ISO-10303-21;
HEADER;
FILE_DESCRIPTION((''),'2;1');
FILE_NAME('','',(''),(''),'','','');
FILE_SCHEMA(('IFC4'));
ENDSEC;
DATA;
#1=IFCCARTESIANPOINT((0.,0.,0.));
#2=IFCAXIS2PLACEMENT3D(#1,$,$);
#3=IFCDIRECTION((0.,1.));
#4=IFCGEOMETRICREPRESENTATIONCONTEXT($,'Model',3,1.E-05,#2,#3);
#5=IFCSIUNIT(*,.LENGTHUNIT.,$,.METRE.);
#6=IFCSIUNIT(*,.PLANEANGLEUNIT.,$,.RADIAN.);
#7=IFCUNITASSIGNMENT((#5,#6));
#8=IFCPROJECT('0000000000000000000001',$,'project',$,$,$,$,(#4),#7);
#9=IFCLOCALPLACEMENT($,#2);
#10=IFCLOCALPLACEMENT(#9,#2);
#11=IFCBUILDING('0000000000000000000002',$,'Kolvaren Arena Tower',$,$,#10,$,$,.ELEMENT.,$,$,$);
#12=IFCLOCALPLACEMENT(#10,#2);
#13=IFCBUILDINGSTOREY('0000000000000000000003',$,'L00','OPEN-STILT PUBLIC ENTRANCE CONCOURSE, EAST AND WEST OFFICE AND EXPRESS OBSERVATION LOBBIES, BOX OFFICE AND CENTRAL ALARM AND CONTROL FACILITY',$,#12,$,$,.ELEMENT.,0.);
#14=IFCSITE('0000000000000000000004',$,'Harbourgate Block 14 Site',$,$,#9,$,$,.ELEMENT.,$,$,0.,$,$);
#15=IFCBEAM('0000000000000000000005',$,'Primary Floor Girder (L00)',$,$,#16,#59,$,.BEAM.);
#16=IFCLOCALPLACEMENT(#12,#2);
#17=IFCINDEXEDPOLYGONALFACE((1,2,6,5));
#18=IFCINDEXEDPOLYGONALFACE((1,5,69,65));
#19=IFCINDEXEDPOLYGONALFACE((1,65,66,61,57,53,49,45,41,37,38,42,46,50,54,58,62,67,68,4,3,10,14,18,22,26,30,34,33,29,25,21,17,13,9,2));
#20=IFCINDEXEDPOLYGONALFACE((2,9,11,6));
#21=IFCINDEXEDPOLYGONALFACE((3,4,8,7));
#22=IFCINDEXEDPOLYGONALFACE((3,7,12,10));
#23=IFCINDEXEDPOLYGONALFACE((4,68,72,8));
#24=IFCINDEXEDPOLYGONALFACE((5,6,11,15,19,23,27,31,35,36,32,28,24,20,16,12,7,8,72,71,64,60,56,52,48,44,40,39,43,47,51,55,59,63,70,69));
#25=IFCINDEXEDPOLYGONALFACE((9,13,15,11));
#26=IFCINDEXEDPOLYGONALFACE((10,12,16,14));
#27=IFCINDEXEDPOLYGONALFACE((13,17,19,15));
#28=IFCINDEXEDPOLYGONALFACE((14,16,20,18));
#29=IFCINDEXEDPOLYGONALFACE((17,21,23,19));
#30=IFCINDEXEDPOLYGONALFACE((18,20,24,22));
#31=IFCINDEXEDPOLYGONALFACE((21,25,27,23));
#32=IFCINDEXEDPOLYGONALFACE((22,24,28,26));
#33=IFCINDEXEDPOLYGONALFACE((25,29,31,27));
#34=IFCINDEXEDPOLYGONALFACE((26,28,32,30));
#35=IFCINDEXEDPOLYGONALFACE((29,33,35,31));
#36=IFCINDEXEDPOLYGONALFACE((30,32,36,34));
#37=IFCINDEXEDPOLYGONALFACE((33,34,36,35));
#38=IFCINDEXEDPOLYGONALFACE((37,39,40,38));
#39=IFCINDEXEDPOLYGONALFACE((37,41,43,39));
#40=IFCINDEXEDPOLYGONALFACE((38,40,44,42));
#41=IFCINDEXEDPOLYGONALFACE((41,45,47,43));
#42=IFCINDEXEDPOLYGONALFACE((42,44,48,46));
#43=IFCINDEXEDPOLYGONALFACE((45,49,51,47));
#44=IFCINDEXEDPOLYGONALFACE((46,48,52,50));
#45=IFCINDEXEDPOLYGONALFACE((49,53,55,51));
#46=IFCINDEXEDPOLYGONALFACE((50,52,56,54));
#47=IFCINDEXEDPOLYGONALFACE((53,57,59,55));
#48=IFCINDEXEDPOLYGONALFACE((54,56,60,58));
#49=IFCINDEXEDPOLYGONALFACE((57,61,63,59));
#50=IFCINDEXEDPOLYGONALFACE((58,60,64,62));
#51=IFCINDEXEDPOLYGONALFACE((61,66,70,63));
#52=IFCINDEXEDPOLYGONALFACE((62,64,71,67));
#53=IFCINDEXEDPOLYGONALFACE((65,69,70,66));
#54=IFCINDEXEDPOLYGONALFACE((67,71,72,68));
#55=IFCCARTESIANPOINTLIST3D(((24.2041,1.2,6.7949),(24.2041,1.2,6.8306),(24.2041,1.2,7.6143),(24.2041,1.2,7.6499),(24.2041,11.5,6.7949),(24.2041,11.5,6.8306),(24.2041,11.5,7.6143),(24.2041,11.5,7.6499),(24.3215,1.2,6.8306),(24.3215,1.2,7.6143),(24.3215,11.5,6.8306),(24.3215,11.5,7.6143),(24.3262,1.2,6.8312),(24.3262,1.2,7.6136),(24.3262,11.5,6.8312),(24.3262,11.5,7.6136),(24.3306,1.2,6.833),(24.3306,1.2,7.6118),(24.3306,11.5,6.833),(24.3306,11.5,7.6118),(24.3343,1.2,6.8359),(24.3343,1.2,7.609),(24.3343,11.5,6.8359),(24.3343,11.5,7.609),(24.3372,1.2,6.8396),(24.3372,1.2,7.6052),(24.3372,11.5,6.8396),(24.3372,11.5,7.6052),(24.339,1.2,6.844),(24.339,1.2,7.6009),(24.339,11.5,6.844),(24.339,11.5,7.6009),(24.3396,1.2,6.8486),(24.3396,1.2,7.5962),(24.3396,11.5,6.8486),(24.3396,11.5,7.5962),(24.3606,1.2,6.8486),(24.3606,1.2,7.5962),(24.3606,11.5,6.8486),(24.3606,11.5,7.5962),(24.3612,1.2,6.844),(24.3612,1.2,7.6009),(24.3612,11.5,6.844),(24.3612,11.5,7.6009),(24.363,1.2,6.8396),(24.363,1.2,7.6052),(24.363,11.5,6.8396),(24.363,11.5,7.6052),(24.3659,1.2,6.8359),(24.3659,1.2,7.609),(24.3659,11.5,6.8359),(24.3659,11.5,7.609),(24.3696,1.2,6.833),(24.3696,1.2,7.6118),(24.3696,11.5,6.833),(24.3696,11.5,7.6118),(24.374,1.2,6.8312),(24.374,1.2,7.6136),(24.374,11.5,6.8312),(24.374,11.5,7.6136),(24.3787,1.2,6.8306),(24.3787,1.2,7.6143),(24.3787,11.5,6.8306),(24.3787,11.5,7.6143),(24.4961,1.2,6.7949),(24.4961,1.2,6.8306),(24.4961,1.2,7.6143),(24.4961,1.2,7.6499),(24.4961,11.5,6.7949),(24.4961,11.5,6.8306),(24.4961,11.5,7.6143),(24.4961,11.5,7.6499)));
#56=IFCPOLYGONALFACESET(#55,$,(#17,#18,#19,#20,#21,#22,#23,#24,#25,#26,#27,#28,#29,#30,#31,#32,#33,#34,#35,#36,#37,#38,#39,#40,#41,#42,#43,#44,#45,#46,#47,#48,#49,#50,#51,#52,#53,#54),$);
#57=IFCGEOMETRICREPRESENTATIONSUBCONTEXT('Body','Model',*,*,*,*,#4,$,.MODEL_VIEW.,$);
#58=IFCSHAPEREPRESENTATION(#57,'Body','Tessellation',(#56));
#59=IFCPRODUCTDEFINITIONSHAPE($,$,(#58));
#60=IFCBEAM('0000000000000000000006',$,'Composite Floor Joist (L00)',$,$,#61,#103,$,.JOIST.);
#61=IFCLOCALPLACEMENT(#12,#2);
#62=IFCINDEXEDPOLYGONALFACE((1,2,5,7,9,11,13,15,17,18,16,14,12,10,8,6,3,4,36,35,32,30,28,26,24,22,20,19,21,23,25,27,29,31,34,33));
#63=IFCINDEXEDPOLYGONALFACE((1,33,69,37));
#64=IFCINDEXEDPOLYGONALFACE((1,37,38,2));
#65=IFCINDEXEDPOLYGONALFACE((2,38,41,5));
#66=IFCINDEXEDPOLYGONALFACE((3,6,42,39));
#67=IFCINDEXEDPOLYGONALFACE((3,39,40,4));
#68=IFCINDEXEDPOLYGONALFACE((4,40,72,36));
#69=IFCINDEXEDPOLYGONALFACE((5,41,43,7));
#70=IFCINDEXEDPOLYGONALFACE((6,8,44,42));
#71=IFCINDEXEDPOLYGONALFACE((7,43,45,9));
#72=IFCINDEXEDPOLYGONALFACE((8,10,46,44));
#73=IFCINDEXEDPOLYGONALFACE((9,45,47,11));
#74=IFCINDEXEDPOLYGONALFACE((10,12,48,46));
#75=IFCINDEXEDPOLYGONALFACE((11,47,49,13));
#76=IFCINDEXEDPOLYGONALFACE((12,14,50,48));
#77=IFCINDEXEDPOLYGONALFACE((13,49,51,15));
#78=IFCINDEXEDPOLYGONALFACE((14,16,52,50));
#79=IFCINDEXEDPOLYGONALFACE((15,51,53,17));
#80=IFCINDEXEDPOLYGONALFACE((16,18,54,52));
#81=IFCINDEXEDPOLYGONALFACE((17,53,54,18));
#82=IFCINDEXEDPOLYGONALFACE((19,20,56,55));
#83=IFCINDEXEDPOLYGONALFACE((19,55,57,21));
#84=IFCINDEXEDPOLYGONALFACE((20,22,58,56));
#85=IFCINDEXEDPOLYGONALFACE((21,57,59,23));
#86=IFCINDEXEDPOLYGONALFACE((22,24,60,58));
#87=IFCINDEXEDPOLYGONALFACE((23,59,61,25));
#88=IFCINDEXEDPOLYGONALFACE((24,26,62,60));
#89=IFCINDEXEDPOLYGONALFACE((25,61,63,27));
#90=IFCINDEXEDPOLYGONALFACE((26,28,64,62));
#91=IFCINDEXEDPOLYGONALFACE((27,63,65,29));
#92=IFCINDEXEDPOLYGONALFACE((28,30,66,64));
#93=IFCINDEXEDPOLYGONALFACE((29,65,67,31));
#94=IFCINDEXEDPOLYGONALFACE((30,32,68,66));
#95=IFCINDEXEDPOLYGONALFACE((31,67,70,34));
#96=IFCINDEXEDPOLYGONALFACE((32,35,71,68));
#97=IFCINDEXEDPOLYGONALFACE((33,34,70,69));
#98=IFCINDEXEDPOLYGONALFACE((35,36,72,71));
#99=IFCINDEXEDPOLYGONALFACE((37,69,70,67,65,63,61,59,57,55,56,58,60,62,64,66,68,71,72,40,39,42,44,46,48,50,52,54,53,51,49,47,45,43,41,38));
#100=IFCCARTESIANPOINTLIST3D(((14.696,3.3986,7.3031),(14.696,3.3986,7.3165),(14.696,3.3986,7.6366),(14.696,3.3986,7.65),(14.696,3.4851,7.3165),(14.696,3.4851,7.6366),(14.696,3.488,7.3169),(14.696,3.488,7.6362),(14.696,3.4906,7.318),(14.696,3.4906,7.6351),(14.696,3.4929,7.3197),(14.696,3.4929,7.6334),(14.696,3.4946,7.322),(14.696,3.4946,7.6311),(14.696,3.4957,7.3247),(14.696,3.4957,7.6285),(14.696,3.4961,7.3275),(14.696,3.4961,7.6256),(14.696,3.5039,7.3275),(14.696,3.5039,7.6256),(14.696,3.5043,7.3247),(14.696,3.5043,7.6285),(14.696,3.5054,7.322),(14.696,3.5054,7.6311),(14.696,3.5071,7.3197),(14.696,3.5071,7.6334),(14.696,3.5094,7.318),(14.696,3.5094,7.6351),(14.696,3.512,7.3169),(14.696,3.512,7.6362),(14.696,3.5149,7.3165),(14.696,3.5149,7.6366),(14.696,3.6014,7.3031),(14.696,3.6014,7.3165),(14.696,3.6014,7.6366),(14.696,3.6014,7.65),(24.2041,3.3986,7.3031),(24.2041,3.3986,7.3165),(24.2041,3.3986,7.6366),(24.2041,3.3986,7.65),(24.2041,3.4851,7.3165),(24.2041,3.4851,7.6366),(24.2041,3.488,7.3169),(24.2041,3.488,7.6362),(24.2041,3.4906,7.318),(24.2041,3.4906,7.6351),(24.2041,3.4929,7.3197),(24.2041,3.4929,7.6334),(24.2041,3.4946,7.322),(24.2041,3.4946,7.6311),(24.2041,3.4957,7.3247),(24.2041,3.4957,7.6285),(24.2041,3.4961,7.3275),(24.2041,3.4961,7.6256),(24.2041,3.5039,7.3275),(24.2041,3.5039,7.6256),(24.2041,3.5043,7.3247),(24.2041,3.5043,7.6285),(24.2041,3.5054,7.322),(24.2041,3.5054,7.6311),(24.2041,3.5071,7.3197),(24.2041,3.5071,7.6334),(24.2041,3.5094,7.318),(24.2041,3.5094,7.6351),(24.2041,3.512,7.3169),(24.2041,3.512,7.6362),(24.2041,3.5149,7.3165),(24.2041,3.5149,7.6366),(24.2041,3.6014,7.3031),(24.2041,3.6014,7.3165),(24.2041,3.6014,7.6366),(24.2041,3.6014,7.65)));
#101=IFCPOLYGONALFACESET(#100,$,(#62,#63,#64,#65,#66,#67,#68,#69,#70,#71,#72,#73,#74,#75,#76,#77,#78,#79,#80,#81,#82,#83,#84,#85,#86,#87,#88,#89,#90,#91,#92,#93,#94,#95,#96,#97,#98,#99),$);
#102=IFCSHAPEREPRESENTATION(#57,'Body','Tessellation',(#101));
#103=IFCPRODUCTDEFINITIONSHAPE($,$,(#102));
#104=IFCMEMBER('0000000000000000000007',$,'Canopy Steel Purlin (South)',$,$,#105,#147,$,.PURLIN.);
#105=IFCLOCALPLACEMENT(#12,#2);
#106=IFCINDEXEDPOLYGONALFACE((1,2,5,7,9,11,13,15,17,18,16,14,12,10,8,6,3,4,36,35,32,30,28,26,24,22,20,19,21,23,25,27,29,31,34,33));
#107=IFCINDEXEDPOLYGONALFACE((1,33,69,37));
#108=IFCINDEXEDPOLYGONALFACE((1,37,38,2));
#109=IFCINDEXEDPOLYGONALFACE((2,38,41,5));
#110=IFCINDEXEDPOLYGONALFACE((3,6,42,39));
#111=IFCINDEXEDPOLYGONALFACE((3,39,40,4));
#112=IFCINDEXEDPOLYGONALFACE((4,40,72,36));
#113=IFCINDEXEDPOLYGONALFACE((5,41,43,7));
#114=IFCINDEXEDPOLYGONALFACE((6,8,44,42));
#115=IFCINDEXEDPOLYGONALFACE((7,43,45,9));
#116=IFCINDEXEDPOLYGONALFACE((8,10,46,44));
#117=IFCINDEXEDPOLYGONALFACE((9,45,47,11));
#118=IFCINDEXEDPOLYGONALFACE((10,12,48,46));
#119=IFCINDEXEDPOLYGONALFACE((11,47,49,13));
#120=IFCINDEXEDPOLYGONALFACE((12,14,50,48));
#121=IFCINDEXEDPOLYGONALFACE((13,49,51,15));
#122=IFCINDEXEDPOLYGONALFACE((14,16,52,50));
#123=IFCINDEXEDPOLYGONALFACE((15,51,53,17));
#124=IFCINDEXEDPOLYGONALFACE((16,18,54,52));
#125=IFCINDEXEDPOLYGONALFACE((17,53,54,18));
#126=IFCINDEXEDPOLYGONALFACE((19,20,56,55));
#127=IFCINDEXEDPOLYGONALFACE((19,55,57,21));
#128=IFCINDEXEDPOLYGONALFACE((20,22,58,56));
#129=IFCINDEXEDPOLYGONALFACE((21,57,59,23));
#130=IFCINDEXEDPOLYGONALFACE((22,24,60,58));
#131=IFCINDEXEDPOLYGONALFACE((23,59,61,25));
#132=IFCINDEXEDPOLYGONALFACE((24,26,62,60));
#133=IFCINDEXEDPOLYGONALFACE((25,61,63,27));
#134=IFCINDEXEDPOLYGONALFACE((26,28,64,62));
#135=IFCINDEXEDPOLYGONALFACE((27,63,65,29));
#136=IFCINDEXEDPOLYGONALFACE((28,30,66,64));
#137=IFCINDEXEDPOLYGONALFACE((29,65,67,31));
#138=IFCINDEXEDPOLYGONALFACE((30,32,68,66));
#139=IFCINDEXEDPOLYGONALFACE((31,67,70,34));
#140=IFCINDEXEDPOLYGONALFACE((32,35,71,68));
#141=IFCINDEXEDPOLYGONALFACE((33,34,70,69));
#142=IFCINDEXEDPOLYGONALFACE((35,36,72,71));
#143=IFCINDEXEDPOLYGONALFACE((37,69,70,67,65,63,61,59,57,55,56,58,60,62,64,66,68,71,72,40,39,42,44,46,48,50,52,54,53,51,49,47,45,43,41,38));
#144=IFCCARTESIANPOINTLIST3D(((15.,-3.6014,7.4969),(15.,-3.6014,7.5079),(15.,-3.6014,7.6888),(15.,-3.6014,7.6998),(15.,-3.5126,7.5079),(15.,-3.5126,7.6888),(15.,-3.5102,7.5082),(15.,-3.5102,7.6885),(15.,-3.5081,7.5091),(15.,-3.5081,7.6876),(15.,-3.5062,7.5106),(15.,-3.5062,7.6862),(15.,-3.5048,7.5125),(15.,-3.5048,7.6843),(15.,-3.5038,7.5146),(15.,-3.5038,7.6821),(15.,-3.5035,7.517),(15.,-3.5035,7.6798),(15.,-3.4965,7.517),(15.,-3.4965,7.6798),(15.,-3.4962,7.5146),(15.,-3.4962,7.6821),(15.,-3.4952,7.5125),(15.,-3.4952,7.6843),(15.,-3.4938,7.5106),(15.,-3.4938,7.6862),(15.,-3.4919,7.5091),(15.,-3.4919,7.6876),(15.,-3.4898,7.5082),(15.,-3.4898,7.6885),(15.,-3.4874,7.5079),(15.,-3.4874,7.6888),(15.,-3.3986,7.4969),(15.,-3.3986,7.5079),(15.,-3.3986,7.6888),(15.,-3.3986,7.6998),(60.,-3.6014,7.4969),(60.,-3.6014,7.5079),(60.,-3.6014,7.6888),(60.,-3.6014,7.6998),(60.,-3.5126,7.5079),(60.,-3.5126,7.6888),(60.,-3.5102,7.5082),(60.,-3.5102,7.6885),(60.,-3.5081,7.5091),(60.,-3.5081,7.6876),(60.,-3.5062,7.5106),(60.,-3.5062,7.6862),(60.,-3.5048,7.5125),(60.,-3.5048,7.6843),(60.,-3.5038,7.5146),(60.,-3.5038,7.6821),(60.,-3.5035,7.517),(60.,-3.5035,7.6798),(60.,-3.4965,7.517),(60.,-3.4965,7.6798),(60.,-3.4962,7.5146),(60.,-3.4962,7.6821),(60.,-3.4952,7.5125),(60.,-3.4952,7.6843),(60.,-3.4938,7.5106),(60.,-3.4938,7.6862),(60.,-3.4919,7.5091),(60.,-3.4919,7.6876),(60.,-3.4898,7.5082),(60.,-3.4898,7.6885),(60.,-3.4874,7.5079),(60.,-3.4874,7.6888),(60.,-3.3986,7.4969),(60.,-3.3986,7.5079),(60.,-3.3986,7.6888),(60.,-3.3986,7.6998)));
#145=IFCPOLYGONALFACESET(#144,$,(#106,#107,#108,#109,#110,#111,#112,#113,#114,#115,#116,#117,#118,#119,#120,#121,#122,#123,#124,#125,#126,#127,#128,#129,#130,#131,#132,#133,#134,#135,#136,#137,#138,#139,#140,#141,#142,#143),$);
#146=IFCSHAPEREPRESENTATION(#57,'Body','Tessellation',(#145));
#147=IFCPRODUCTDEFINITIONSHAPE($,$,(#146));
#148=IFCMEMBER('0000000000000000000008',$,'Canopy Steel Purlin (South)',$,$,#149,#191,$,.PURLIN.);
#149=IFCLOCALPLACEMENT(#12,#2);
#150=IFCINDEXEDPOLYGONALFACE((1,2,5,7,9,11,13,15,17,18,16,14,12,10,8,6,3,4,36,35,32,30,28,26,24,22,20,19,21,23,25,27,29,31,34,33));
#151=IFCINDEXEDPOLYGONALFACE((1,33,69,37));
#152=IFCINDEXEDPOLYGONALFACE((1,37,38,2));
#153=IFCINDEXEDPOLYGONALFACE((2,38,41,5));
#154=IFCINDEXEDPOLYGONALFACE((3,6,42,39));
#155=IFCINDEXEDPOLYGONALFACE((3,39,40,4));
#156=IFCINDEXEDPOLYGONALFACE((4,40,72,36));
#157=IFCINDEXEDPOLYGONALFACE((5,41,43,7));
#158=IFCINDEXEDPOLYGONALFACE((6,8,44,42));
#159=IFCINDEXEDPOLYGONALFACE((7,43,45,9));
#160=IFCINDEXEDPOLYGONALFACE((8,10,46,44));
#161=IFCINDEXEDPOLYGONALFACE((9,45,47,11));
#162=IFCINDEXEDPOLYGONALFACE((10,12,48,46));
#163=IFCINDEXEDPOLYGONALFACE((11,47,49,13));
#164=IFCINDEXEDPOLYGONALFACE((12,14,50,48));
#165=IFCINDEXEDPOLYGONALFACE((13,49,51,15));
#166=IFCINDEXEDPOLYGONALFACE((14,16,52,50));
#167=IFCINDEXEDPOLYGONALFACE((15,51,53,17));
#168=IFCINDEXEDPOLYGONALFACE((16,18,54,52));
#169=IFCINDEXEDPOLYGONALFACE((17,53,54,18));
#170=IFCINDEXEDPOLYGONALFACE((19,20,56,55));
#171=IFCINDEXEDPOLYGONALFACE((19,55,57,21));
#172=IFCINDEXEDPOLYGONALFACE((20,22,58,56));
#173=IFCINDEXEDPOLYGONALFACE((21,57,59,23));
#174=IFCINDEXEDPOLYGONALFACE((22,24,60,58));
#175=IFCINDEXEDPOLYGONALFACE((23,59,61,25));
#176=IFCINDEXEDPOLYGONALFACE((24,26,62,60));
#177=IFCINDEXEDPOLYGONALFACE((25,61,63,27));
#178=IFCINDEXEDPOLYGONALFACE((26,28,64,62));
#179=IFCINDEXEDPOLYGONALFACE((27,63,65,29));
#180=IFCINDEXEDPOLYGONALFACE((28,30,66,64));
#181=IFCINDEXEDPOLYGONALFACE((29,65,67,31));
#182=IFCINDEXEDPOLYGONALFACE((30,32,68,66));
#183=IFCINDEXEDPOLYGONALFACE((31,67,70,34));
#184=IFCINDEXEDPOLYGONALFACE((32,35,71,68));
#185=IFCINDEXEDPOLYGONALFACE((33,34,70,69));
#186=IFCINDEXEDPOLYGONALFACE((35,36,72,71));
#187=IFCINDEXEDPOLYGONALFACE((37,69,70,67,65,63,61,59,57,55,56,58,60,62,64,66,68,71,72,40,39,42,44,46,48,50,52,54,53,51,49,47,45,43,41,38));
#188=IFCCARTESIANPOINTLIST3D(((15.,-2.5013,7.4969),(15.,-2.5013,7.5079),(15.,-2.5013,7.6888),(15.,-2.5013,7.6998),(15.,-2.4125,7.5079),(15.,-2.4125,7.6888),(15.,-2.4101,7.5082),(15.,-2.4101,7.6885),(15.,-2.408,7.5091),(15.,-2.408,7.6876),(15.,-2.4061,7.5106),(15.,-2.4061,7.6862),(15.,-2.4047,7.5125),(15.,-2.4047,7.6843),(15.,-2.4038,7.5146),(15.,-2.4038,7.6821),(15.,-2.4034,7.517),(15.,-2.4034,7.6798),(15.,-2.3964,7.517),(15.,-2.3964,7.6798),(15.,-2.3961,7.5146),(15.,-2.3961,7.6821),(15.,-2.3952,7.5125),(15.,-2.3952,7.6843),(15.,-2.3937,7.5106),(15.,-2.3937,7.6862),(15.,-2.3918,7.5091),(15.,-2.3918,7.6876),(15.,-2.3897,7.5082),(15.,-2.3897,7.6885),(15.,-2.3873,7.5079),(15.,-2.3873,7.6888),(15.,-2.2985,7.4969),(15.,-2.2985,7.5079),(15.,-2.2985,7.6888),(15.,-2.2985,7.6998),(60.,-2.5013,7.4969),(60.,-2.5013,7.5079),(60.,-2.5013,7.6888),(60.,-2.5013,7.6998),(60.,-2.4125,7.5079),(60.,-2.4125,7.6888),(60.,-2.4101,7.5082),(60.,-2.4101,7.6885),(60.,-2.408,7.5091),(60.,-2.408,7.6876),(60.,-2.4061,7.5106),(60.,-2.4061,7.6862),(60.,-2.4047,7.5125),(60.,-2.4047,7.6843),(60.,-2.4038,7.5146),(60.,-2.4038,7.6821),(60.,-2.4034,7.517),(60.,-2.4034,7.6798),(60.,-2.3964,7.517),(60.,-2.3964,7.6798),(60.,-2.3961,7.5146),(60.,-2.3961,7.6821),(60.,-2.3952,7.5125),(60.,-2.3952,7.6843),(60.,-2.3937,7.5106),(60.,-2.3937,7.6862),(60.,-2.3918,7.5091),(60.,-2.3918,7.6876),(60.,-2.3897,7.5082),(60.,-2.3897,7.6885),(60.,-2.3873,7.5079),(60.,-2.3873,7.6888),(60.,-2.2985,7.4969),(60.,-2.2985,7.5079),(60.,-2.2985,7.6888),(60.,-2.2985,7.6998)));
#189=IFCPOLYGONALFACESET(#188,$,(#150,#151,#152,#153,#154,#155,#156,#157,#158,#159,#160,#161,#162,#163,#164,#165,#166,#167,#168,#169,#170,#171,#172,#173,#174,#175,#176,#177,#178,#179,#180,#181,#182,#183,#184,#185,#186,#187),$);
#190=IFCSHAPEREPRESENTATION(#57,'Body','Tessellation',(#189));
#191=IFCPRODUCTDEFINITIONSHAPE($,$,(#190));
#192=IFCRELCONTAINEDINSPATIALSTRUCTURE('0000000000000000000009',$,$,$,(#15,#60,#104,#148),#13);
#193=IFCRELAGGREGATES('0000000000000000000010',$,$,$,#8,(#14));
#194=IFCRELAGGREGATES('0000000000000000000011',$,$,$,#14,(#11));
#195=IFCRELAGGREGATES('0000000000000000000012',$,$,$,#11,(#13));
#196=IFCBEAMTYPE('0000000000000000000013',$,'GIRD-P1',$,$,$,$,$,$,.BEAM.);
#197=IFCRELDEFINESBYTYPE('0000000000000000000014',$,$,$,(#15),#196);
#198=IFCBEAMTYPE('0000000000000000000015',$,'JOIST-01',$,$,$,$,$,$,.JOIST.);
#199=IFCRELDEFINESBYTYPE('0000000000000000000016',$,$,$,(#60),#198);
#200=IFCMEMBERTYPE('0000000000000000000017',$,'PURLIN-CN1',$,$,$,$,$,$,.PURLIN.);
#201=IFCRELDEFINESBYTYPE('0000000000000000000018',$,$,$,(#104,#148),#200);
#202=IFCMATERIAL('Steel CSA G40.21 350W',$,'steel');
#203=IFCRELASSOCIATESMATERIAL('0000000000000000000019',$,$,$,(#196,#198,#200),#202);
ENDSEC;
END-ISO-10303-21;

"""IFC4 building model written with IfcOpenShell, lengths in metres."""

from ifc_helpers import new_model, si_unit, direction, frame, origin, origin_2d, place, context, subcontext, project, spatial, i_section, extrude, material, material_profile, profile_set, type_object, element, save


model = new_model("IFC4")

# Units and contexts
model_context = context("Model", 3, precision=1e-05, world=origin(), true_north=direction((0.0, 1.0)))
body_context = subcontext(model_context, "Body", "Model", "MODEL_VIEW")
ifc_project = project(units=[si_unit("LENGTHUNIT", "METRE"), si_unit("PLANEANGLEUNIT", "RADIAN")], contexts=[model_context])

# Site, building, storey
site_placement = place(None, origin())
site = spatial("IfcSite", under=ifc_project, at=site_placement, Name="Harbourgate Block 14 Site", CompositionType="ELEMENT", RefElevation=0.0)
building_placement = place(site_placement, origin())
building = spatial("IfcBuilding", under=site, at=building_placement, Name="Kolvaren Arena Tower", CompositionType="ELEMENT")
storey_placement = place(building_placement, origin())
storey = spatial("IfcBuildingStorey", under=building, at=storey_placement, Name="L00", Description="OPEN-STILT PUBLIC ENTRANCE CONCOURSE, EAST AND WEST OFFICE AND EXPRESS OBSERVATION LOBBIES, BOX OFFICE AND CENTRAL ALARM AND CONTROL FACILITY", CompositionType="ELEMENT", Elevation=0.0)

# Shared definitions
ifc_material_1 = material(Name="Steel CSA G40.21 350W", Category="steel")

# Beams
ifc_material_profile_1 = material_profile(ifc_material_1, i_section(OverallWidth=0.292, OverallDepth=0.855, WebThickness=0.021, FlangeThickness=0.0356, FilletRadius=0.0181, at=origin_2d()), Name="W840x299")
ifc_profile_set_1 = profile_set([ifc_material_profile_1], Name="Steel CSA G40.21 350W")
beam_type_1 = type_object("IfcBeamType", Name="GIRD-P1", PredefinedType="BEAM", material=ifc_profile_set_1)
for number, where, z_axis, x_axis, name in (
    (1, (24.3501, 1.2, 7.2224), (0.0, 1.0, 0.0), (-1.0, 0.0, 0.0), "Primary Floor Girder (L00)"),
):
    element("IfcBeam", number, at=place(storey_placement, frame(where, z_axis=z_axis, x_axis=x_axis)), inside=storey, type_object=beam_type_1, Name=name, PredefinedType="BEAM", context=body_context, shape_type="SweptSolid", body=[
        extrude(i_section(OverallWidth=0.292, OverallDepth=0.855, WebThickness=0.021, FlangeThickness=0.0356, FilletRadius=0.0181, at=origin_2d()), origin(), (0.0, 0.0, 1.0), 10.3),
    ])
ifc_material_profile_2 = material_profile(ifc_material_1, i_section(OverallWidth=0.2029, OverallDepth=0.3469, WebThickness=0.0078, FlangeThickness=0.0134, FilletRadius=0.011, at=origin_2d()), Name="W360x64")
ifc_profile_set_2 = profile_set([ifc_material_profile_2], Name="Steel CSA G40.21 350W")
beam_type_2 = type_object("IfcBeamType", Name="JOIST-01", PredefinedType="JOIST", material=ifc_profile_set_2)
beam_1_placement = place(storey_placement, frame((14.696, 3.5, 7.4766), z_axis=(1.0, 0.0, 0.0), x_axis=(0.0, 1.0, 0.0)))
element("IfcBeam", 2, at=beam_1_placement, inside=storey, type_object=beam_type_2, Name="Composite Floor Joist (L00)", PredefinedType="JOIST", context=body_context, shape_type="SweptSolid", body=[
    extrude(i_section(OverallWidth=0.2029, OverallDepth=0.3469, WebThickness=0.0078, FlangeThickness=0.0134, FilletRadius=0.011, at=origin_2d()), origin(), (0.0, 0.0, 1.0), 9.5081),
])

# Members
ifc_material_profile_3 = material_profile(ifc_material_1, i_section(OverallWidth=0.2029, OverallDepth=0.2029, WebThickness=0.0071, FlangeThickness=0.011, FilletRadius=0.009, at=origin_2d()), Name="W200x46")
ifc_profile_set_3 = profile_set([ifc_material_profile_3], Name="Steel CSA G40.21 350W")
member_type_1 = type_object("IfcMemberType", Name="PURLIN-CN1", PredefinedType="PURLIN", material=ifc_profile_set_3)
for number, where, z_axis, x_axis, name in (
    (3, (15.0, -3.5, 7.5984), (1.0, 0.0, 0.0), (0.0, 1.0, 0.0), "Canopy Steel Purlin (South)"),
    (4, (15.0, -2.3999, 7.5984), (1.0, 0.0, 0.0), (0.0, 1.0, 0.0), "Canopy Steel Purlin (South)"),
):
    element("IfcMember", number, at=place(storey_placement, frame(where, z_axis=z_axis, x_axis=x_axis)), inside=storey, type_object=member_type_1, Name=name, PredefinedType="PURLIN", context=body_context, shape_type="SweptSolid", body=[
        extrude(i_section(OverallWidth=0.2029, OverallDepth=0.2029, WebThickness=0.0071, FlangeThickness=0.011, FilletRadius=0.009, at=origin_2d()), origin(), (0.0, 0.0, 1.0), 45.0),
    ])

save(model, "model.ifc")
